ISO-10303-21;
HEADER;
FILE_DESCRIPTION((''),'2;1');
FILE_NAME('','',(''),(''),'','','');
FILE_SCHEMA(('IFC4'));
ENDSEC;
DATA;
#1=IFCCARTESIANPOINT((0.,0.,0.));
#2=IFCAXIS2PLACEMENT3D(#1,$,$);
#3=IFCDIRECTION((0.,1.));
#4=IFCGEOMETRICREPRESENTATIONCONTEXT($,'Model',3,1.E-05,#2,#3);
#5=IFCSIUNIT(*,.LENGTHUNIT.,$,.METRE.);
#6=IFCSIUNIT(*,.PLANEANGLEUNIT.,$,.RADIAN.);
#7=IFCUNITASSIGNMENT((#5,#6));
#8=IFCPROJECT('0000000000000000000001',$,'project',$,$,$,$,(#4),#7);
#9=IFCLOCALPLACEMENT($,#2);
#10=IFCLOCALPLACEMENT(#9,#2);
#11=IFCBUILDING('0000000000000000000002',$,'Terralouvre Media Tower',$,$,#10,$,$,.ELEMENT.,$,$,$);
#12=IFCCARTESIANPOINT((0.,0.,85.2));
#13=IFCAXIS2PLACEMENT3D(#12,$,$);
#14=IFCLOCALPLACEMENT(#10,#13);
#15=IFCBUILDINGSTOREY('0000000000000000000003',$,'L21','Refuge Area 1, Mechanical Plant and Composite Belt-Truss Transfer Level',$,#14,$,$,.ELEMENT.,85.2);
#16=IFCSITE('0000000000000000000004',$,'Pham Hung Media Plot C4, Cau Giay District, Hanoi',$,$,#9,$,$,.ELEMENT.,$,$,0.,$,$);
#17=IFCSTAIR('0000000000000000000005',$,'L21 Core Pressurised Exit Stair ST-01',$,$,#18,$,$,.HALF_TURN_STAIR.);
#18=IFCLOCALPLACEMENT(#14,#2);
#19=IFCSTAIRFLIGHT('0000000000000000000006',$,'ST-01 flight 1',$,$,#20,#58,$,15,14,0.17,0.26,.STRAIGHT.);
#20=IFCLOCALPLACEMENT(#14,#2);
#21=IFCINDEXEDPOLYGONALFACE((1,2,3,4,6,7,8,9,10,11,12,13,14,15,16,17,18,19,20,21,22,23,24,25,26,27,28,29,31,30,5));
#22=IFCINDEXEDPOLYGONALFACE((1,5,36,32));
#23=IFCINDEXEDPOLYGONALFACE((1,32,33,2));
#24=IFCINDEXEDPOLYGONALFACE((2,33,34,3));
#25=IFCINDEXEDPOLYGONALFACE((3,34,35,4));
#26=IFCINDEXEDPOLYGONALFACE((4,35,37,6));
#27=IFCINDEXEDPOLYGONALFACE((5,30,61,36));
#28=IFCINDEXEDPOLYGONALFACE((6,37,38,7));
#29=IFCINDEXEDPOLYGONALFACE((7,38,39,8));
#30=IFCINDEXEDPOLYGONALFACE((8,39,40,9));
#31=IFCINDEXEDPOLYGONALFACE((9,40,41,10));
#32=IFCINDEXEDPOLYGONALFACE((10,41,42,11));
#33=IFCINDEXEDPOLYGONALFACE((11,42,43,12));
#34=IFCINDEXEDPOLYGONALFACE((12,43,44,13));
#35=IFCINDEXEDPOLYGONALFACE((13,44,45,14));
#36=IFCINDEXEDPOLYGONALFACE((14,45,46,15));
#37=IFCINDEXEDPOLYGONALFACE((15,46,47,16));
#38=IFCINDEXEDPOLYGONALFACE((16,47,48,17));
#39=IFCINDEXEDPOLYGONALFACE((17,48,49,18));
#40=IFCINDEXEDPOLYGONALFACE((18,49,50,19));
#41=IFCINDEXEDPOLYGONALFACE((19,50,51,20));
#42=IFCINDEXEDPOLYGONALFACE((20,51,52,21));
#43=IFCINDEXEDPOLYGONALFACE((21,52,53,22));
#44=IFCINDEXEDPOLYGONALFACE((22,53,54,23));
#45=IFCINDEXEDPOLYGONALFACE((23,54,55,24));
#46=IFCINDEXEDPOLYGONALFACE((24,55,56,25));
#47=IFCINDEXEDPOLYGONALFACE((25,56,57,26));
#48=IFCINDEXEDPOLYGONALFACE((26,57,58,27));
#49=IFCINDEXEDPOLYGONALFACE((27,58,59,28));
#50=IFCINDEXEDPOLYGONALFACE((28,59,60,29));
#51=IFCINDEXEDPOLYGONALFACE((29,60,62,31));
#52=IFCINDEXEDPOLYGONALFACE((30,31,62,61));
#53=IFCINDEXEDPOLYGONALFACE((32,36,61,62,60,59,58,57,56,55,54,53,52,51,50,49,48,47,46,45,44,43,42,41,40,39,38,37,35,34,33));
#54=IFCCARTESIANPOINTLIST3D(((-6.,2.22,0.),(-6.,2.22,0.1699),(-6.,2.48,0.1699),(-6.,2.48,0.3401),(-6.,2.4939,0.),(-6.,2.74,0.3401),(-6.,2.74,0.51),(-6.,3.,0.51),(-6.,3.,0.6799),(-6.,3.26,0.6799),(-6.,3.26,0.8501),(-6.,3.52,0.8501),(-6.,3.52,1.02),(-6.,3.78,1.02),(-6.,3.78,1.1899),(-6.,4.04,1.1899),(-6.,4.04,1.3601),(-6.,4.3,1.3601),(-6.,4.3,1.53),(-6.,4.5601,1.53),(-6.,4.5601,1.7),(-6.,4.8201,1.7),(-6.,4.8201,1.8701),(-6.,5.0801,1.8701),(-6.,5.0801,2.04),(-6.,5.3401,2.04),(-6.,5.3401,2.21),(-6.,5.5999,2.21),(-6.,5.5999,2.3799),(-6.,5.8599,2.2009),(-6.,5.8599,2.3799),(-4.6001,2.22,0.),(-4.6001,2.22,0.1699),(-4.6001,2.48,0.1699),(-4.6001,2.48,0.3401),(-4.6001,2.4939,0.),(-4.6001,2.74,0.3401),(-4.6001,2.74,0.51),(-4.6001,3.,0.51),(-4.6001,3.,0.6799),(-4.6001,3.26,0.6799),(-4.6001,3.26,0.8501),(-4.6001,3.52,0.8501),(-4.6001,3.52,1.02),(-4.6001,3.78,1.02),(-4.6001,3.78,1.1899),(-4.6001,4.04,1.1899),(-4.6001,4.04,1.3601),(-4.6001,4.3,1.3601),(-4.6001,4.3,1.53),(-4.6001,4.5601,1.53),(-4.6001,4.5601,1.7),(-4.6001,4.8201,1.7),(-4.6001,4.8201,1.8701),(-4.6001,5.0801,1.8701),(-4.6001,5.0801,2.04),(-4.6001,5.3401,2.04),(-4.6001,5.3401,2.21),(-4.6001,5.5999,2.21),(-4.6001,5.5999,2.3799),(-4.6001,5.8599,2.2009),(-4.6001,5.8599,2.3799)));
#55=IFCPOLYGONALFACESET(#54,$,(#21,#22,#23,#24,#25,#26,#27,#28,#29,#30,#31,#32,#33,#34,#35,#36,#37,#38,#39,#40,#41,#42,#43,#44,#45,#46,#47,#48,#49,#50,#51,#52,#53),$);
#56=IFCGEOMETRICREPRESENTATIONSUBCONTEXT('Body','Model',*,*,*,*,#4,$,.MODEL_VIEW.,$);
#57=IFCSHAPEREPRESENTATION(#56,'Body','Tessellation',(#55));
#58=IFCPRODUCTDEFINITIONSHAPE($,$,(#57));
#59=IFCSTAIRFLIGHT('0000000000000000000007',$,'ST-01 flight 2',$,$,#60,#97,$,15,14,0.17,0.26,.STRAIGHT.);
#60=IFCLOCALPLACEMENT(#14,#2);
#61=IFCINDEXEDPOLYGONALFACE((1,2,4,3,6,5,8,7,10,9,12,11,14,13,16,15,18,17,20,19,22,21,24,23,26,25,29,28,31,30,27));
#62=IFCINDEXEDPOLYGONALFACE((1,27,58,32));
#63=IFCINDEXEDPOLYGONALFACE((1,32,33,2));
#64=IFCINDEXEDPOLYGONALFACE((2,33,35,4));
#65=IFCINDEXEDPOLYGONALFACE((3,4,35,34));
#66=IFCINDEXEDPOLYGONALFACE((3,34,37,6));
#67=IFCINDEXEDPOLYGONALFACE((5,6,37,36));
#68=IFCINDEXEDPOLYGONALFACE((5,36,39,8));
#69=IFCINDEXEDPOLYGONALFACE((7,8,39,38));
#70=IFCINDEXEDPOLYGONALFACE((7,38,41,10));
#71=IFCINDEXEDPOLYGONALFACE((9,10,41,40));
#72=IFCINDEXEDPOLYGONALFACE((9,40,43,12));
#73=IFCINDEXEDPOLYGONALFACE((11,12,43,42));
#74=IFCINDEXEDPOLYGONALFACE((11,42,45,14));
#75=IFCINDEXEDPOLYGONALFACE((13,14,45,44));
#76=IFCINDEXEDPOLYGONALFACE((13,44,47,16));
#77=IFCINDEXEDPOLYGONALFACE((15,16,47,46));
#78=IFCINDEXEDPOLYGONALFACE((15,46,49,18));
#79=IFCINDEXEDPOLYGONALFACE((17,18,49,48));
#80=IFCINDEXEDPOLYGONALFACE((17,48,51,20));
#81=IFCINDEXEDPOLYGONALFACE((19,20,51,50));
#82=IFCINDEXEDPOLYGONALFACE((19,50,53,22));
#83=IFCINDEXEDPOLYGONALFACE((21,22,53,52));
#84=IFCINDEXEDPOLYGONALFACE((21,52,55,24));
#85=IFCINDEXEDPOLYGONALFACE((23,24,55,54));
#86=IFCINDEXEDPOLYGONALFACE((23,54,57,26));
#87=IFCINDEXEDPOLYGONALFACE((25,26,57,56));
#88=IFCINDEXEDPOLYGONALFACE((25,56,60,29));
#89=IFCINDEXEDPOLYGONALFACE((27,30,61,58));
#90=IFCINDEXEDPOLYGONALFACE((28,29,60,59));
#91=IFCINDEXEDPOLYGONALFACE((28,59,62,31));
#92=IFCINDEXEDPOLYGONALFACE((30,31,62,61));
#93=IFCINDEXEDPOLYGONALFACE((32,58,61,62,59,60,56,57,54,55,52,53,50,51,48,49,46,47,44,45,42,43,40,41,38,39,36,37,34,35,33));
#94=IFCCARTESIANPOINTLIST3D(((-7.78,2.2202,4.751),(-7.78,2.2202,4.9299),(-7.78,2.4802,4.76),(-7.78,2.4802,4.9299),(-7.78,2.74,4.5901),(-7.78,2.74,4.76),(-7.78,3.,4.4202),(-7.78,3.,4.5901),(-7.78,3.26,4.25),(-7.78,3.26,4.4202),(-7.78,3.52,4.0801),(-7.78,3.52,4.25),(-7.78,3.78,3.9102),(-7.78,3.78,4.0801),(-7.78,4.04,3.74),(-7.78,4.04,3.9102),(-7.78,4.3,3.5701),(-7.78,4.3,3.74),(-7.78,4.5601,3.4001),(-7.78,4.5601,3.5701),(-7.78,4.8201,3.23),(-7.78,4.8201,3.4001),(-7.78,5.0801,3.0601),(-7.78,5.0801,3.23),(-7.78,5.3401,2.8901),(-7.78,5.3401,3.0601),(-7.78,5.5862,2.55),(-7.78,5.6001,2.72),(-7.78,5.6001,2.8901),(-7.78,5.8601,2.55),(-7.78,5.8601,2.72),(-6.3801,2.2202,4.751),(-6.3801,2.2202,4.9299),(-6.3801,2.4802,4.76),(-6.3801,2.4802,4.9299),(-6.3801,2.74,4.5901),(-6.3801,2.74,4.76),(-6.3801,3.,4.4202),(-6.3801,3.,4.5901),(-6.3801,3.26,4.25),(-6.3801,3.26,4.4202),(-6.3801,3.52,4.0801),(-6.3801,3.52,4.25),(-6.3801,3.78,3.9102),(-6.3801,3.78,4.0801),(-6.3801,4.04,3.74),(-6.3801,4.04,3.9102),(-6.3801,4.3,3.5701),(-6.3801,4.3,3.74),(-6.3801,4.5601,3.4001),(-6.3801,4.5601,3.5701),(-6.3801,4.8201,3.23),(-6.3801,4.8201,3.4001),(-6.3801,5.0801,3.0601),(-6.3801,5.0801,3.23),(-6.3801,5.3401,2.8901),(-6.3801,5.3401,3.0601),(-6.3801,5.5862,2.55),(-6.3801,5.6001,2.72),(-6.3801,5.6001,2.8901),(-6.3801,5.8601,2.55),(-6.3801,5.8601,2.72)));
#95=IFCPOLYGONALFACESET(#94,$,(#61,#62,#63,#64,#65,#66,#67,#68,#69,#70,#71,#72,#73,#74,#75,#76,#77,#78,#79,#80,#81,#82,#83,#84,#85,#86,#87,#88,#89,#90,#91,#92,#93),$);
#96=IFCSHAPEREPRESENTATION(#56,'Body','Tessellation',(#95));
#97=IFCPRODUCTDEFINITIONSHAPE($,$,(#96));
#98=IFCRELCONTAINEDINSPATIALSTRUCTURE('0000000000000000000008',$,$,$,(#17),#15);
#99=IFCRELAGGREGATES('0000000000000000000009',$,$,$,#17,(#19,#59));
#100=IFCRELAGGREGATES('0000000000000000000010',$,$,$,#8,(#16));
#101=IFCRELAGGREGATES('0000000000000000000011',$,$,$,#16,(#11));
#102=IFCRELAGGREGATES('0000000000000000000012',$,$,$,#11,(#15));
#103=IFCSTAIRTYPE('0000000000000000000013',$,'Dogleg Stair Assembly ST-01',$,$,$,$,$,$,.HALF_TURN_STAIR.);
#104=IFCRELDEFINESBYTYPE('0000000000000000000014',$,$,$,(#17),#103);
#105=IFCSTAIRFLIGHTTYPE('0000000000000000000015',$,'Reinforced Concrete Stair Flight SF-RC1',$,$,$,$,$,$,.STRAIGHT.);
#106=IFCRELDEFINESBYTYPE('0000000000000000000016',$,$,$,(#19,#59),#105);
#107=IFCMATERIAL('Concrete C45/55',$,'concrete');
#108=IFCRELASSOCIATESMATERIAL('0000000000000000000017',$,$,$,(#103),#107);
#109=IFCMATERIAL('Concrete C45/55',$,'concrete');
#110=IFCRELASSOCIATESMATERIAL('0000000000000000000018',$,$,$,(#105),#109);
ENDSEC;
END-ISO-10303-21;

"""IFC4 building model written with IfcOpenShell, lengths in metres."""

from ifc_helpers import new_model, si_unit, direction, frame, origin, place, context, subcontext, project, spatial, polyline, outline, extrude, material, type_object, element, aggregate, save


model = new_model("IFC4")

# Units and contexts
model_context = context("Model", 3, precision=1e-05, world=origin(), true_north=direction((0.0, 1.0)))
body_context = subcontext(model_context, "Body", "Model", "MODEL_VIEW")
ifc_project = project(units=[si_unit("LENGTHUNIT", "METRE"), si_unit("PLANEANGLEUNIT", "RADIAN")], contexts=[model_context])

# Site, building, storey
site_placement = place(None, origin())
site = spatial("IfcSite", under=ifc_project, at=site_placement, Name="Pham Hung Media Plot C4, Cau Giay District, Hanoi", CompositionType="ELEMENT", RefElevation=0.0)
building_placement = place(site_placement, origin())
building = spatial("IfcBuilding", under=site, at=building_placement, Name="Terralouvre Media Tower", CompositionType="ELEMENT")
storey_placement = place(building_placement, frame((0.0, 0.0, 85.2)))
storey = spatial("IfcBuildingStorey", under=building, at=storey_placement, Name="L21", Description="Refuge Area 1, Mechanical Plant and Composite Belt-Truss Transfer Level", CompositionType="ELEMENT", Elevation=85.2)

# Stair, stair flights
ifc_material_1 = material(Name="Concrete C45/55", Category="concrete")
stair_type = type_object("IfcStairType", Name="Dogleg Stair Assembly ST-01", PredefinedType="HALF_TURN_STAIR", material=ifc_material_1)
stair_placement = place(storey_placement, origin())
stair = element("IfcStair", 1, at=stair_placement, inside=storey, type_object=stair_type, Name="L21 Core Pressurised Exit Stair ST-01", PredefinedType="HALF_TURN_STAIR")
ifc_material_2 = material(Name="Concrete C45/55", Category="concrete")
stair_flight_type = type_object("IfcStairFlightType", Name="Reinforced Concrete Stair Flight SF-RC1", PredefinedType="STRAIGHT", material=ifc_material_2)
stair_flight_1_placement = place(storey_placement, frame((-5.3, 2.22, 0.0), z_axis=(0.0, 0.0, 1.0), x_axis=(0.0, 1.0, 0.0)))
stair_flight_1 = element("IfcStairFlight", 2, at=stair_flight_1_placement, type_object=stair_flight_type, Name="ST-01 flight 1", NumberOfRisers=15, NumberOfTreads=14, PredefinedType="STRAIGHT", RiserHeight=0.17, TreadLength=0.26, context=body_context, shape_type="SweptSolid", body=[
    extrude(outline(polyline([(0.0, 0.0), (0.0, 0.1699), (0.26, 0.1699), (0.26, 0.3401), (0.52, 0.3401), (0.52, 0.51), (0.78, 0.51), (0.78, 0.6799), (1.04, 0.6799), (1.04, 0.8501), (1.3, 0.8501), (1.3, 1.02), (1.5601, 1.02), (1.5601, 1.1899), (1.8201, 1.1899), (1.8201, 1.3601), (2.0801, 1.3601), (2.0801, 1.53), (2.3401, 1.53), (2.3401, 1.7), (2.6001, 1.7), (2.6001, 1.8701), (2.8601, 1.8701), (2.8601, 2.04), (3.1201, 2.04), (3.1201, 2.21), (3.3799, 2.21), (3.3799, 2.3799), (3.6399, 2.3799), (3.6399, 2.55), (3.6399, 2.2009), (0.2739, 0.0), (0.0, 0.0)])), frame((0.0, 0.7, 0.0), z_axis=(0.0, -1.0, 0.0), x_axis=(1.0, 0.0, 0.0)), (0.0, 0.0, 1.0), 1.3999),
])
stair_flight_2_placement = place(storey_placement, frame((-7.0801, 5.8601, 2.55), z_axis=(0.0, 0.0, 1.0), x_axis=(0.0, -1.0, 0.0)))
stair_flight_2 = element("IfcStairFlight", 3, at=stair_flight_2_placement, type_object=stair_flight_type, Name="ST-01 flight 2", NumberOfRisers=15, NumberOfTreads=14, PredefinedType="STRAIGHT", RiserHeight=0.17, TreadLength=0.26, context=body_context, shape_type="SweptSolid", body=[
    extrude(outline(polyline([(0.0, 0.0), (0.0, 0.1699), (0.26, 0.1699), (0.26, 0.3401), (0.52, 0.3401), (0.52, 0.51), (0.78, 0.51), (0.78, 0.6799), (1.04, 0.6799), (1.04, 0.8501), (1.3, 0.8501), (1.3, 1.02), (1.5601, 1.02), (1.5601, 1.1899), (1.8201, 1.1899), (1.8201, 1.3601), (2.0801, 1.3601), (2.0801, 1.53), (2.3401, 1.53), (2.3401, 1.7), (2.6001, 1.7), (2.6001, 1.8701), (2.8601, 1.8701), (2.8601, 2.04), (3.1201, 2.04), (3.1201, 2.21), (3.3799, 2.21), (3.3799, 2.3799), (3.6399, 2.3799), (3.6399, 2.55), (3.6399, 2.2009), (0.2739, 0.0), (0.0, 0.0)])), frame((0.0, 0.7, 0.0), z_axis=(0.0, -1.0, 0.0), x_axis=(1.0, 0.0, 0.0)), (0.0, 0.0, 1.0), 1.3999),
])
aggregate(stair, [stair_flight_1, stair_flight_2])

save(model, "model.ifc")
